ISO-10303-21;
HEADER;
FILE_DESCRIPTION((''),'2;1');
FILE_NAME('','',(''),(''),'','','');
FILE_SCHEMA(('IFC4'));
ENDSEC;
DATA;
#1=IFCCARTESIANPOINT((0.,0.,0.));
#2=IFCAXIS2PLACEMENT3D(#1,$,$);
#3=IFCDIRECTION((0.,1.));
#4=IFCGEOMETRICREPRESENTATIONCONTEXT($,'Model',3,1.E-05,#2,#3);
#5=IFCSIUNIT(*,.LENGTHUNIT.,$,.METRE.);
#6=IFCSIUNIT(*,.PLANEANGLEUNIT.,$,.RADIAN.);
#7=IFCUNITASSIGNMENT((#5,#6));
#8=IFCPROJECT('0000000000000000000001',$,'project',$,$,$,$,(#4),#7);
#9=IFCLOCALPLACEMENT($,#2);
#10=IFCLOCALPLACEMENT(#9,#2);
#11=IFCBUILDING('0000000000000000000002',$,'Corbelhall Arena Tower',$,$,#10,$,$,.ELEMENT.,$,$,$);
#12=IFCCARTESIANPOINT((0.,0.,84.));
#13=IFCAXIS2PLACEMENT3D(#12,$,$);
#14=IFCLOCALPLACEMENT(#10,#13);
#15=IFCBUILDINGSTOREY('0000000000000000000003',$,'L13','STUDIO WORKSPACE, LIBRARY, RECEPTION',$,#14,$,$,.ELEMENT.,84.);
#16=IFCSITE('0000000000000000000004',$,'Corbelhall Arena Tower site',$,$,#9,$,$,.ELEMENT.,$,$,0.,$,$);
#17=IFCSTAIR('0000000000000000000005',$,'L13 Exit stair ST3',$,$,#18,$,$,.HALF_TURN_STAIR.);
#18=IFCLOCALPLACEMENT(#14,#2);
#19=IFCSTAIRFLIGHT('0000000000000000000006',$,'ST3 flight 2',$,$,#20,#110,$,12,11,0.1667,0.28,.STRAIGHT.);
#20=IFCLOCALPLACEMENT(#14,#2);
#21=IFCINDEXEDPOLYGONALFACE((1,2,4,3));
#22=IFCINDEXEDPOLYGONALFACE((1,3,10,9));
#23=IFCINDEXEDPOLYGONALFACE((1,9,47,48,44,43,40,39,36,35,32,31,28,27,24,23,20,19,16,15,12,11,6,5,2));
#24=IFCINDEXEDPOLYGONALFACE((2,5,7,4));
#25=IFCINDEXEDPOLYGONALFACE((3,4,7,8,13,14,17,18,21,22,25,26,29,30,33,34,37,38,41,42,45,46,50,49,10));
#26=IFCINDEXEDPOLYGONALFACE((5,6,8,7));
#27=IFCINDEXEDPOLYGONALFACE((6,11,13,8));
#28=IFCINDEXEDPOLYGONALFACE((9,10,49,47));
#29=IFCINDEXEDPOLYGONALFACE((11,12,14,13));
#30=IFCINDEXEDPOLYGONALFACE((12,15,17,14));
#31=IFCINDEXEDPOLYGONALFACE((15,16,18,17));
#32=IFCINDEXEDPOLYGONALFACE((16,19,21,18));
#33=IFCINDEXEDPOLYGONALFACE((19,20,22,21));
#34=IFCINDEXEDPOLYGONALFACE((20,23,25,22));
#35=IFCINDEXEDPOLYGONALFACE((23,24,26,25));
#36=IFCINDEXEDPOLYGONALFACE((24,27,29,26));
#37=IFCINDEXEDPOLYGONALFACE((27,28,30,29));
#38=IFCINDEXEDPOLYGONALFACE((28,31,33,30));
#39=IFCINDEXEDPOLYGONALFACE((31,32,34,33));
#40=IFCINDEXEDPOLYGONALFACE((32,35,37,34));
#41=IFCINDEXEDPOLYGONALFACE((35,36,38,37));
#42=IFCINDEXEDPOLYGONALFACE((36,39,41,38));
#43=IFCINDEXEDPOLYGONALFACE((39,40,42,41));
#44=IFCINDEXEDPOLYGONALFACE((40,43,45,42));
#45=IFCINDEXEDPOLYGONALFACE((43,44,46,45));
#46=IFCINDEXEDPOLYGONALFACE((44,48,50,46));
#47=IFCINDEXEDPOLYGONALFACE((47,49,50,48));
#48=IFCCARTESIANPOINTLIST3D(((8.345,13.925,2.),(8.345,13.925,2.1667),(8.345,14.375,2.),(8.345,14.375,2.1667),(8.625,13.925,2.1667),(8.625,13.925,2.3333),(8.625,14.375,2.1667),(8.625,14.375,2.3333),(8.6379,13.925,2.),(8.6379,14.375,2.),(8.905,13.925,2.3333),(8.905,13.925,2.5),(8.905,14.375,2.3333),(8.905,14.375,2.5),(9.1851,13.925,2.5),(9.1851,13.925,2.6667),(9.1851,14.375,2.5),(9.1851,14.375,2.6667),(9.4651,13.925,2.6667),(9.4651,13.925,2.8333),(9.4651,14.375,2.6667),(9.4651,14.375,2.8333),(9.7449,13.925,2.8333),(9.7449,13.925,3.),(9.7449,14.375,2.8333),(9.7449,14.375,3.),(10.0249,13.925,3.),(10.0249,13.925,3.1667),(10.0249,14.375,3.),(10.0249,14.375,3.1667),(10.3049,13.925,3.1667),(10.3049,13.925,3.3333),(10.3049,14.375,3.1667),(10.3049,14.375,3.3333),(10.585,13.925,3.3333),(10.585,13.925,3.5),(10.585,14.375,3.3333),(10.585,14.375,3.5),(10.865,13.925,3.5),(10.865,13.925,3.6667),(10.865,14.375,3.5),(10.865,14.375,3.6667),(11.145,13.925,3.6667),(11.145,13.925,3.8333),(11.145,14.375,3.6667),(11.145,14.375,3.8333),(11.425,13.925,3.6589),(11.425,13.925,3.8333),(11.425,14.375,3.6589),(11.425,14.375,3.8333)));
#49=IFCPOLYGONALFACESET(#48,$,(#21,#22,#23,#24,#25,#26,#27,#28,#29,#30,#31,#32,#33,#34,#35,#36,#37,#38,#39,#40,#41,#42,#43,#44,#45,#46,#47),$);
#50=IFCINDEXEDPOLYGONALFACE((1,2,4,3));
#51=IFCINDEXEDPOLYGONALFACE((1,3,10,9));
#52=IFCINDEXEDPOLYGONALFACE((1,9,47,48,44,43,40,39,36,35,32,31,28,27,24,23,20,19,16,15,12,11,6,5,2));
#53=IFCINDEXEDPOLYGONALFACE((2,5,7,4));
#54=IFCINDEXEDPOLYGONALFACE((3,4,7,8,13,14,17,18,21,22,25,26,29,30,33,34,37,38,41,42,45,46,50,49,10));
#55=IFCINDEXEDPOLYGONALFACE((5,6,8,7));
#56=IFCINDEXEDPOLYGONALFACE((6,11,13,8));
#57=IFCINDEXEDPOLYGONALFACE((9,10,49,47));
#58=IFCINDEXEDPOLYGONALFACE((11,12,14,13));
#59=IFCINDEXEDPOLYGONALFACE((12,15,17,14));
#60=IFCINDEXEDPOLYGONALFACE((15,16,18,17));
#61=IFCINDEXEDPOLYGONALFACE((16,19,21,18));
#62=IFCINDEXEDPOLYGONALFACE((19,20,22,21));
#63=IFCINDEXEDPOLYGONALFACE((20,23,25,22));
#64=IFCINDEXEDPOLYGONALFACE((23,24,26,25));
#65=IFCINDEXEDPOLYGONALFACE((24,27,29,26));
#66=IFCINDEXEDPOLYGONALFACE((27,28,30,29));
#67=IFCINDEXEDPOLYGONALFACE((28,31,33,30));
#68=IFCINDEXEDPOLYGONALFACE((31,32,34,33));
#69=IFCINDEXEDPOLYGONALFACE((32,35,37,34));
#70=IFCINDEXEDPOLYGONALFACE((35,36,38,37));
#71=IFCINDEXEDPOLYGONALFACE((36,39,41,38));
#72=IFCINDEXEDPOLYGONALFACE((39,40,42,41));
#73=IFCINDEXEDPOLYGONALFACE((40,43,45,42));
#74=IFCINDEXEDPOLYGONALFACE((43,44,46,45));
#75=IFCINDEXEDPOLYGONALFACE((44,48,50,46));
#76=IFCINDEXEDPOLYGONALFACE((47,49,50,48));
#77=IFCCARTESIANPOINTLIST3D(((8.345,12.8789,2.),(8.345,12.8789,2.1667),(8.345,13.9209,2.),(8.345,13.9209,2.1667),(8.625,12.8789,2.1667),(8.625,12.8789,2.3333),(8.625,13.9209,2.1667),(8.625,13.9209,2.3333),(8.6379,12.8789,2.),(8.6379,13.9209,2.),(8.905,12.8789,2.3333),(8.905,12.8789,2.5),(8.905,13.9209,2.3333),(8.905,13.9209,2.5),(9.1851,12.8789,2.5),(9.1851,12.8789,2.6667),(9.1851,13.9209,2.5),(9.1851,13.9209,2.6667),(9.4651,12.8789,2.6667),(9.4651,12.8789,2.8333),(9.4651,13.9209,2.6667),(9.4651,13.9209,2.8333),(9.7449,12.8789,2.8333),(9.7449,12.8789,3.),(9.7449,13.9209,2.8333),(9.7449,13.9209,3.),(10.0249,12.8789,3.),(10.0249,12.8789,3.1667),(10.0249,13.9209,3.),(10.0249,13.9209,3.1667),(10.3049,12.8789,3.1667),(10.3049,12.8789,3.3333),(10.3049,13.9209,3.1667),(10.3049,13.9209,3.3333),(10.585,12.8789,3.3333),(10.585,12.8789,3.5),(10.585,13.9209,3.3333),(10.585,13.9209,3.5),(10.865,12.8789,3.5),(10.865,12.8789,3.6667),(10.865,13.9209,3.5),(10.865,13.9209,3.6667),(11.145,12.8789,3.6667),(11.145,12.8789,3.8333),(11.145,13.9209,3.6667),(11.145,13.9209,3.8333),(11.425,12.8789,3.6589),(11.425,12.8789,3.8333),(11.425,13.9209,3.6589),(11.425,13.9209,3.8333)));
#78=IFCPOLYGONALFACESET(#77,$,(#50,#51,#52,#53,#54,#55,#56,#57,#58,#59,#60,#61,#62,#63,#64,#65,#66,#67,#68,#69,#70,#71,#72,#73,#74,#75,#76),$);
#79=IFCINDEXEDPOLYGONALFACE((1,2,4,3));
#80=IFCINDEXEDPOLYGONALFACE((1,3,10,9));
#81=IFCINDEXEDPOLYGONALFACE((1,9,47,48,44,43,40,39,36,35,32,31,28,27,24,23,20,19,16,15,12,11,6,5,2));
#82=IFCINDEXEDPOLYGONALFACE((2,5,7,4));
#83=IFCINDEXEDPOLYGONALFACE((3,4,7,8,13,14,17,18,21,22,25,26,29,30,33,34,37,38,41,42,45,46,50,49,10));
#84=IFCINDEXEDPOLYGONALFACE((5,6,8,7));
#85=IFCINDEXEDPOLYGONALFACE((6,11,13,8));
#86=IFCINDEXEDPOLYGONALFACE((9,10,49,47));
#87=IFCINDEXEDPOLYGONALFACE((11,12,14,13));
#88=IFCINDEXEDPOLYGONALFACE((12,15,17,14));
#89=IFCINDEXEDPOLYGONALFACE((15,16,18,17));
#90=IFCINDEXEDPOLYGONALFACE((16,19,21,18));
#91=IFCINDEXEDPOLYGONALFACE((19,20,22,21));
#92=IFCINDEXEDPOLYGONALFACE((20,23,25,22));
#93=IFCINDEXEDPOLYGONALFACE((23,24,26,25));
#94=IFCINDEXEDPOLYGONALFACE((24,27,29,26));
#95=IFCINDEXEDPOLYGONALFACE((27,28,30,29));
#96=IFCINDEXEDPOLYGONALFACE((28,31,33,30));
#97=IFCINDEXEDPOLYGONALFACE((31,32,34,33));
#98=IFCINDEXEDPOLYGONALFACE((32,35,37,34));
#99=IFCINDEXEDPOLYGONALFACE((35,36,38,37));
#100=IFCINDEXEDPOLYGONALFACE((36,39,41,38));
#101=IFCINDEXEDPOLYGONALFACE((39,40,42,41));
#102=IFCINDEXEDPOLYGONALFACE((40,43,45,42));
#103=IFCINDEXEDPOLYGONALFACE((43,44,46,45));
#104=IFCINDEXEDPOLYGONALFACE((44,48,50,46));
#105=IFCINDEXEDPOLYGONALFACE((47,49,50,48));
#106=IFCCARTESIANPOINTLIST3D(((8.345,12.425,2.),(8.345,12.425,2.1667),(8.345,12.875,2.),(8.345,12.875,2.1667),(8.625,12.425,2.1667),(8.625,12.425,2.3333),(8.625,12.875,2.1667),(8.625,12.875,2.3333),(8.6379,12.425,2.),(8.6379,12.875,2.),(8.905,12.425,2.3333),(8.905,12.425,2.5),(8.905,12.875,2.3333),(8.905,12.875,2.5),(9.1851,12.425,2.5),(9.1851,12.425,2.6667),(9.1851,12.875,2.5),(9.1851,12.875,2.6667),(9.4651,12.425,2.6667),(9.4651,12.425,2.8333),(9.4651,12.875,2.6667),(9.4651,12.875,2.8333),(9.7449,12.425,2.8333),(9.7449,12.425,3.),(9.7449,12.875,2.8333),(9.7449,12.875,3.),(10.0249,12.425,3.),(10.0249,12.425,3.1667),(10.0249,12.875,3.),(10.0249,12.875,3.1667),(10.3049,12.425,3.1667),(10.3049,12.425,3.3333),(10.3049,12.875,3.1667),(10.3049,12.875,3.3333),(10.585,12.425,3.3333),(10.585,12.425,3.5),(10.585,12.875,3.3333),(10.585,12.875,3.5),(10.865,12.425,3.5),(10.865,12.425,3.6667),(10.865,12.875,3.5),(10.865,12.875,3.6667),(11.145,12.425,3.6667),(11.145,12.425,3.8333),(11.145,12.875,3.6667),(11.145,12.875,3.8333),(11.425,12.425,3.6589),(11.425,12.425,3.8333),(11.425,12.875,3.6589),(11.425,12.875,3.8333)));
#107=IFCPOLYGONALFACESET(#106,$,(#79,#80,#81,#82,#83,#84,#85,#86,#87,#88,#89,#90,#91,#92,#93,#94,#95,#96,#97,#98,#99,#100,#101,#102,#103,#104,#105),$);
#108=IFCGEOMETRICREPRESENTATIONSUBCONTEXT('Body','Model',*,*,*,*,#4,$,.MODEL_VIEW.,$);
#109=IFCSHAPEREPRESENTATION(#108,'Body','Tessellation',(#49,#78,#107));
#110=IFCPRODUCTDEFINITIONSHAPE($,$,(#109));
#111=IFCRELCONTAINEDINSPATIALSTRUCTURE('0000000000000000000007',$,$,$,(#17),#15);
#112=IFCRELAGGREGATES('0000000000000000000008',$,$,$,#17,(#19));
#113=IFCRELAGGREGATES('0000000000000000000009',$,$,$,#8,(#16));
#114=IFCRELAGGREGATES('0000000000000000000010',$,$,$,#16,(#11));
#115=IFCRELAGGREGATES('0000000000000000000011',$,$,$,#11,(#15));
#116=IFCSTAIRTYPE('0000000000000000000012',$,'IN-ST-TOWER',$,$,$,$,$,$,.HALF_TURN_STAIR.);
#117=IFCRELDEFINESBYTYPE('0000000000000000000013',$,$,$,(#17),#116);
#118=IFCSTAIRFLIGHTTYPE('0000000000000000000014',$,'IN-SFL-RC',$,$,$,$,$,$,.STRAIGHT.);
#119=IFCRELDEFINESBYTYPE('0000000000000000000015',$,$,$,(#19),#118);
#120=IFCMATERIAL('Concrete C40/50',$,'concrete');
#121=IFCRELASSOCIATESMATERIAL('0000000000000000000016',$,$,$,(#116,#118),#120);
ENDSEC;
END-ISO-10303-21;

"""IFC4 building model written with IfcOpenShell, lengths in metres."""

from ifc_helpers import new_model, si_unit, direction, frame, origin, place, context, subcontext, project, spatial, polyline, outline, extrude, material, type_object, element, aggregate, save


model = new_model("IFC4")

# Units and contexts
model_context = context("Model", 3, precision=1e-05, world=origin(), true_north=direction((0.0, 1.0)))
body_context = subcontext(model_context, "Body", "Model", "MODEL_VIEW")
ifc_project = project(units=[si_unit("LENGTHUNIT", "METRE"), si_unit("PLANEANGLEUNIT", "RADIAN")], contexts=[model_context])

# Site, building, storey
site_placement = place(None, origin())
site = spatial("IfcSite", under=ifc_project, at=site_placement, Name="Corbelhall Arena Tower site", CompositionType="ELEMENT", RefElevation=0.0)
building_placement = place(site_placement, origin())
building = spatial("IfcBuilding", under=site, at=building_placement, Name="Corbelhall Arena Tower", CompositionType="ELEMENT")
storey_placement = place(building_placement, frame((0.0, 0.0, 84.0)))
storey = spatial("IfcBuildingStorey", under=building, at=storey_placement, Name="L13", Description="STUDIO WORKSPACE, LIBRARY, RECEPTION", CompositionType="ELEMENT", Elevation=84.0)

# Shared definitions
ifc_material_1 = material(Name="Concrete C40/50", Category="concrete")

# Stair, stair flight
stair_type = type_object("IfcStairType", Name="IN-ST-TOWER", PredefinedType="HALF_TURN_STAIR", material=ifc_material_1)
stair_placement = place(storey_placement, origin())
stair = element("IfcStair", 1, at=stair_placement, inside=storey, type_object=stair_type, Name="L13 Exit stair ST3", PredefinedType="HALF_TURN_STAIR")
stair_flight_type = type_object("IfcStairFlightType", Name="IN-SFL-RC", PredefinedType="STRAIGHT", material=ifc_material_1)
stair_flight_1_placement = place(storey_placement, frame((8.345, 13.3999, 2.0), z_axis=(0.0, 0.0, 1.0), x_axis=(1.0, 0.0, 0.0)))
stair_flight_1 = element("IfcStairFlight", 2, at=stair_flight_1_placement, type_object=stair_flight_type, Name="ST3 flight 2", NumberOfRisers=12, NumberOfTreads=11, PredefinedType="STRAIGHT", RiserHeight=0.1667, TreadLength=0.28, context=body_context, shape_type="SweptSolid", body=[
    extrude(outline(polyline([(0.0, 0.0), (0.0, 0.1667), (0.28, 0.1667), (0.28, 0.3333), (0.5601, 0.3333), (0.5601, 0.5), (0.8401, 0.5), (0.8401, 0.6667), (1.1201, 0.6667), (1.1201, 0.8333), (1.3999, 0.8333), (1.3999, 1.0), (1.6799, 1.0), (1.6799, 1.1667), (1.96, 1.1667), (1.96, 1.3333), (2.24, 1.3333), (2.24, 1.5), (2.52, 1.5), (2.52, 1.6667), (2.8, 1.6667), (2.8, 1.8333), (3.0801, 1.8333), (3.0801, 2.0), (3.0801, 1.6589), (0.293, 0.0), (0.0, 0.0)])), frame((0.0, 0.9751, 0.0), z_axis=(0.0, -1.0, 0.0), x_axis=(1.0, 0.0, 0.0)), (0.0, 0.0, 1.0), 0.45),
    extrude(outline(polyline([(0.0, 0.0), (0.0, 0.1667), (0.28, 0.1667), (0.28, 0.3333), (0.5601, 0.3333), (0.5601, 0.5), (0.8401, 0.5), (0.8401, 0.6667), (1.1201, 0.6667), (1.1201, 0.8333), (1.3999, 0.8333), (1.3999, 1.0), (1.6799, 1.0), (1.6799, 1.1667), (1.96, 1.1667), (1.96, 1.3333), (2.24, 1.3333), (2.24, 1.5), (2.52, 1.5), (2.52, 1.6667), (2.8, 1.6667), (2.8, 1.8333), (3.0801, 1.8333), (3.0801, 2.0), (3.0801, 1.6589), (0.293, 0.0), (0.0, 0.0)])), frame((0.0, 0.521, 0.0), z_axis=(0.0, -1.0, 0.0), x_axis=(1.0, 0.0, 0.0)), (0.0, 0.0, 1.0), 1.042),
    extrude(outline(polyline([(0.0, 0.0), (0.0, 0.1667), (0.28, 0.1667), (0.28, 0.3333), (0.5601, 0.3333), (0.5601, 0.5), (0.8401, 0.5), (0.8401, 0.6667), (1.1201, 0.6667), (1.1201, 0.8333), (1.3999, 0.8333), (1.3999, 1.0), (1.6799, 1.0), (1.6799, 1.1667), (1.96, 1.1667), (1.96, 1.3333), (2.24, 1.3333), (2.24, 1.5), (2.52, 1.5), (2.52, 1.6667), (2.8, 1.6667), (2.8, 1.8333), (3.0801, 1.8333), (3.0801, 2.0), (3.0801, 1.6589), (0.293, 0.0), (0.0, 0.0)])), frame((0.0, -0.5249, 0.0), z_axis=(0.0, -1.0, 0.0), x_axis=(1.0, 0.0, 0.0)), (0.0, 0.0, 1.0), 0.45),
])
aggregate(stair, [stair_flight_1])

save(model, "model.ifc")
